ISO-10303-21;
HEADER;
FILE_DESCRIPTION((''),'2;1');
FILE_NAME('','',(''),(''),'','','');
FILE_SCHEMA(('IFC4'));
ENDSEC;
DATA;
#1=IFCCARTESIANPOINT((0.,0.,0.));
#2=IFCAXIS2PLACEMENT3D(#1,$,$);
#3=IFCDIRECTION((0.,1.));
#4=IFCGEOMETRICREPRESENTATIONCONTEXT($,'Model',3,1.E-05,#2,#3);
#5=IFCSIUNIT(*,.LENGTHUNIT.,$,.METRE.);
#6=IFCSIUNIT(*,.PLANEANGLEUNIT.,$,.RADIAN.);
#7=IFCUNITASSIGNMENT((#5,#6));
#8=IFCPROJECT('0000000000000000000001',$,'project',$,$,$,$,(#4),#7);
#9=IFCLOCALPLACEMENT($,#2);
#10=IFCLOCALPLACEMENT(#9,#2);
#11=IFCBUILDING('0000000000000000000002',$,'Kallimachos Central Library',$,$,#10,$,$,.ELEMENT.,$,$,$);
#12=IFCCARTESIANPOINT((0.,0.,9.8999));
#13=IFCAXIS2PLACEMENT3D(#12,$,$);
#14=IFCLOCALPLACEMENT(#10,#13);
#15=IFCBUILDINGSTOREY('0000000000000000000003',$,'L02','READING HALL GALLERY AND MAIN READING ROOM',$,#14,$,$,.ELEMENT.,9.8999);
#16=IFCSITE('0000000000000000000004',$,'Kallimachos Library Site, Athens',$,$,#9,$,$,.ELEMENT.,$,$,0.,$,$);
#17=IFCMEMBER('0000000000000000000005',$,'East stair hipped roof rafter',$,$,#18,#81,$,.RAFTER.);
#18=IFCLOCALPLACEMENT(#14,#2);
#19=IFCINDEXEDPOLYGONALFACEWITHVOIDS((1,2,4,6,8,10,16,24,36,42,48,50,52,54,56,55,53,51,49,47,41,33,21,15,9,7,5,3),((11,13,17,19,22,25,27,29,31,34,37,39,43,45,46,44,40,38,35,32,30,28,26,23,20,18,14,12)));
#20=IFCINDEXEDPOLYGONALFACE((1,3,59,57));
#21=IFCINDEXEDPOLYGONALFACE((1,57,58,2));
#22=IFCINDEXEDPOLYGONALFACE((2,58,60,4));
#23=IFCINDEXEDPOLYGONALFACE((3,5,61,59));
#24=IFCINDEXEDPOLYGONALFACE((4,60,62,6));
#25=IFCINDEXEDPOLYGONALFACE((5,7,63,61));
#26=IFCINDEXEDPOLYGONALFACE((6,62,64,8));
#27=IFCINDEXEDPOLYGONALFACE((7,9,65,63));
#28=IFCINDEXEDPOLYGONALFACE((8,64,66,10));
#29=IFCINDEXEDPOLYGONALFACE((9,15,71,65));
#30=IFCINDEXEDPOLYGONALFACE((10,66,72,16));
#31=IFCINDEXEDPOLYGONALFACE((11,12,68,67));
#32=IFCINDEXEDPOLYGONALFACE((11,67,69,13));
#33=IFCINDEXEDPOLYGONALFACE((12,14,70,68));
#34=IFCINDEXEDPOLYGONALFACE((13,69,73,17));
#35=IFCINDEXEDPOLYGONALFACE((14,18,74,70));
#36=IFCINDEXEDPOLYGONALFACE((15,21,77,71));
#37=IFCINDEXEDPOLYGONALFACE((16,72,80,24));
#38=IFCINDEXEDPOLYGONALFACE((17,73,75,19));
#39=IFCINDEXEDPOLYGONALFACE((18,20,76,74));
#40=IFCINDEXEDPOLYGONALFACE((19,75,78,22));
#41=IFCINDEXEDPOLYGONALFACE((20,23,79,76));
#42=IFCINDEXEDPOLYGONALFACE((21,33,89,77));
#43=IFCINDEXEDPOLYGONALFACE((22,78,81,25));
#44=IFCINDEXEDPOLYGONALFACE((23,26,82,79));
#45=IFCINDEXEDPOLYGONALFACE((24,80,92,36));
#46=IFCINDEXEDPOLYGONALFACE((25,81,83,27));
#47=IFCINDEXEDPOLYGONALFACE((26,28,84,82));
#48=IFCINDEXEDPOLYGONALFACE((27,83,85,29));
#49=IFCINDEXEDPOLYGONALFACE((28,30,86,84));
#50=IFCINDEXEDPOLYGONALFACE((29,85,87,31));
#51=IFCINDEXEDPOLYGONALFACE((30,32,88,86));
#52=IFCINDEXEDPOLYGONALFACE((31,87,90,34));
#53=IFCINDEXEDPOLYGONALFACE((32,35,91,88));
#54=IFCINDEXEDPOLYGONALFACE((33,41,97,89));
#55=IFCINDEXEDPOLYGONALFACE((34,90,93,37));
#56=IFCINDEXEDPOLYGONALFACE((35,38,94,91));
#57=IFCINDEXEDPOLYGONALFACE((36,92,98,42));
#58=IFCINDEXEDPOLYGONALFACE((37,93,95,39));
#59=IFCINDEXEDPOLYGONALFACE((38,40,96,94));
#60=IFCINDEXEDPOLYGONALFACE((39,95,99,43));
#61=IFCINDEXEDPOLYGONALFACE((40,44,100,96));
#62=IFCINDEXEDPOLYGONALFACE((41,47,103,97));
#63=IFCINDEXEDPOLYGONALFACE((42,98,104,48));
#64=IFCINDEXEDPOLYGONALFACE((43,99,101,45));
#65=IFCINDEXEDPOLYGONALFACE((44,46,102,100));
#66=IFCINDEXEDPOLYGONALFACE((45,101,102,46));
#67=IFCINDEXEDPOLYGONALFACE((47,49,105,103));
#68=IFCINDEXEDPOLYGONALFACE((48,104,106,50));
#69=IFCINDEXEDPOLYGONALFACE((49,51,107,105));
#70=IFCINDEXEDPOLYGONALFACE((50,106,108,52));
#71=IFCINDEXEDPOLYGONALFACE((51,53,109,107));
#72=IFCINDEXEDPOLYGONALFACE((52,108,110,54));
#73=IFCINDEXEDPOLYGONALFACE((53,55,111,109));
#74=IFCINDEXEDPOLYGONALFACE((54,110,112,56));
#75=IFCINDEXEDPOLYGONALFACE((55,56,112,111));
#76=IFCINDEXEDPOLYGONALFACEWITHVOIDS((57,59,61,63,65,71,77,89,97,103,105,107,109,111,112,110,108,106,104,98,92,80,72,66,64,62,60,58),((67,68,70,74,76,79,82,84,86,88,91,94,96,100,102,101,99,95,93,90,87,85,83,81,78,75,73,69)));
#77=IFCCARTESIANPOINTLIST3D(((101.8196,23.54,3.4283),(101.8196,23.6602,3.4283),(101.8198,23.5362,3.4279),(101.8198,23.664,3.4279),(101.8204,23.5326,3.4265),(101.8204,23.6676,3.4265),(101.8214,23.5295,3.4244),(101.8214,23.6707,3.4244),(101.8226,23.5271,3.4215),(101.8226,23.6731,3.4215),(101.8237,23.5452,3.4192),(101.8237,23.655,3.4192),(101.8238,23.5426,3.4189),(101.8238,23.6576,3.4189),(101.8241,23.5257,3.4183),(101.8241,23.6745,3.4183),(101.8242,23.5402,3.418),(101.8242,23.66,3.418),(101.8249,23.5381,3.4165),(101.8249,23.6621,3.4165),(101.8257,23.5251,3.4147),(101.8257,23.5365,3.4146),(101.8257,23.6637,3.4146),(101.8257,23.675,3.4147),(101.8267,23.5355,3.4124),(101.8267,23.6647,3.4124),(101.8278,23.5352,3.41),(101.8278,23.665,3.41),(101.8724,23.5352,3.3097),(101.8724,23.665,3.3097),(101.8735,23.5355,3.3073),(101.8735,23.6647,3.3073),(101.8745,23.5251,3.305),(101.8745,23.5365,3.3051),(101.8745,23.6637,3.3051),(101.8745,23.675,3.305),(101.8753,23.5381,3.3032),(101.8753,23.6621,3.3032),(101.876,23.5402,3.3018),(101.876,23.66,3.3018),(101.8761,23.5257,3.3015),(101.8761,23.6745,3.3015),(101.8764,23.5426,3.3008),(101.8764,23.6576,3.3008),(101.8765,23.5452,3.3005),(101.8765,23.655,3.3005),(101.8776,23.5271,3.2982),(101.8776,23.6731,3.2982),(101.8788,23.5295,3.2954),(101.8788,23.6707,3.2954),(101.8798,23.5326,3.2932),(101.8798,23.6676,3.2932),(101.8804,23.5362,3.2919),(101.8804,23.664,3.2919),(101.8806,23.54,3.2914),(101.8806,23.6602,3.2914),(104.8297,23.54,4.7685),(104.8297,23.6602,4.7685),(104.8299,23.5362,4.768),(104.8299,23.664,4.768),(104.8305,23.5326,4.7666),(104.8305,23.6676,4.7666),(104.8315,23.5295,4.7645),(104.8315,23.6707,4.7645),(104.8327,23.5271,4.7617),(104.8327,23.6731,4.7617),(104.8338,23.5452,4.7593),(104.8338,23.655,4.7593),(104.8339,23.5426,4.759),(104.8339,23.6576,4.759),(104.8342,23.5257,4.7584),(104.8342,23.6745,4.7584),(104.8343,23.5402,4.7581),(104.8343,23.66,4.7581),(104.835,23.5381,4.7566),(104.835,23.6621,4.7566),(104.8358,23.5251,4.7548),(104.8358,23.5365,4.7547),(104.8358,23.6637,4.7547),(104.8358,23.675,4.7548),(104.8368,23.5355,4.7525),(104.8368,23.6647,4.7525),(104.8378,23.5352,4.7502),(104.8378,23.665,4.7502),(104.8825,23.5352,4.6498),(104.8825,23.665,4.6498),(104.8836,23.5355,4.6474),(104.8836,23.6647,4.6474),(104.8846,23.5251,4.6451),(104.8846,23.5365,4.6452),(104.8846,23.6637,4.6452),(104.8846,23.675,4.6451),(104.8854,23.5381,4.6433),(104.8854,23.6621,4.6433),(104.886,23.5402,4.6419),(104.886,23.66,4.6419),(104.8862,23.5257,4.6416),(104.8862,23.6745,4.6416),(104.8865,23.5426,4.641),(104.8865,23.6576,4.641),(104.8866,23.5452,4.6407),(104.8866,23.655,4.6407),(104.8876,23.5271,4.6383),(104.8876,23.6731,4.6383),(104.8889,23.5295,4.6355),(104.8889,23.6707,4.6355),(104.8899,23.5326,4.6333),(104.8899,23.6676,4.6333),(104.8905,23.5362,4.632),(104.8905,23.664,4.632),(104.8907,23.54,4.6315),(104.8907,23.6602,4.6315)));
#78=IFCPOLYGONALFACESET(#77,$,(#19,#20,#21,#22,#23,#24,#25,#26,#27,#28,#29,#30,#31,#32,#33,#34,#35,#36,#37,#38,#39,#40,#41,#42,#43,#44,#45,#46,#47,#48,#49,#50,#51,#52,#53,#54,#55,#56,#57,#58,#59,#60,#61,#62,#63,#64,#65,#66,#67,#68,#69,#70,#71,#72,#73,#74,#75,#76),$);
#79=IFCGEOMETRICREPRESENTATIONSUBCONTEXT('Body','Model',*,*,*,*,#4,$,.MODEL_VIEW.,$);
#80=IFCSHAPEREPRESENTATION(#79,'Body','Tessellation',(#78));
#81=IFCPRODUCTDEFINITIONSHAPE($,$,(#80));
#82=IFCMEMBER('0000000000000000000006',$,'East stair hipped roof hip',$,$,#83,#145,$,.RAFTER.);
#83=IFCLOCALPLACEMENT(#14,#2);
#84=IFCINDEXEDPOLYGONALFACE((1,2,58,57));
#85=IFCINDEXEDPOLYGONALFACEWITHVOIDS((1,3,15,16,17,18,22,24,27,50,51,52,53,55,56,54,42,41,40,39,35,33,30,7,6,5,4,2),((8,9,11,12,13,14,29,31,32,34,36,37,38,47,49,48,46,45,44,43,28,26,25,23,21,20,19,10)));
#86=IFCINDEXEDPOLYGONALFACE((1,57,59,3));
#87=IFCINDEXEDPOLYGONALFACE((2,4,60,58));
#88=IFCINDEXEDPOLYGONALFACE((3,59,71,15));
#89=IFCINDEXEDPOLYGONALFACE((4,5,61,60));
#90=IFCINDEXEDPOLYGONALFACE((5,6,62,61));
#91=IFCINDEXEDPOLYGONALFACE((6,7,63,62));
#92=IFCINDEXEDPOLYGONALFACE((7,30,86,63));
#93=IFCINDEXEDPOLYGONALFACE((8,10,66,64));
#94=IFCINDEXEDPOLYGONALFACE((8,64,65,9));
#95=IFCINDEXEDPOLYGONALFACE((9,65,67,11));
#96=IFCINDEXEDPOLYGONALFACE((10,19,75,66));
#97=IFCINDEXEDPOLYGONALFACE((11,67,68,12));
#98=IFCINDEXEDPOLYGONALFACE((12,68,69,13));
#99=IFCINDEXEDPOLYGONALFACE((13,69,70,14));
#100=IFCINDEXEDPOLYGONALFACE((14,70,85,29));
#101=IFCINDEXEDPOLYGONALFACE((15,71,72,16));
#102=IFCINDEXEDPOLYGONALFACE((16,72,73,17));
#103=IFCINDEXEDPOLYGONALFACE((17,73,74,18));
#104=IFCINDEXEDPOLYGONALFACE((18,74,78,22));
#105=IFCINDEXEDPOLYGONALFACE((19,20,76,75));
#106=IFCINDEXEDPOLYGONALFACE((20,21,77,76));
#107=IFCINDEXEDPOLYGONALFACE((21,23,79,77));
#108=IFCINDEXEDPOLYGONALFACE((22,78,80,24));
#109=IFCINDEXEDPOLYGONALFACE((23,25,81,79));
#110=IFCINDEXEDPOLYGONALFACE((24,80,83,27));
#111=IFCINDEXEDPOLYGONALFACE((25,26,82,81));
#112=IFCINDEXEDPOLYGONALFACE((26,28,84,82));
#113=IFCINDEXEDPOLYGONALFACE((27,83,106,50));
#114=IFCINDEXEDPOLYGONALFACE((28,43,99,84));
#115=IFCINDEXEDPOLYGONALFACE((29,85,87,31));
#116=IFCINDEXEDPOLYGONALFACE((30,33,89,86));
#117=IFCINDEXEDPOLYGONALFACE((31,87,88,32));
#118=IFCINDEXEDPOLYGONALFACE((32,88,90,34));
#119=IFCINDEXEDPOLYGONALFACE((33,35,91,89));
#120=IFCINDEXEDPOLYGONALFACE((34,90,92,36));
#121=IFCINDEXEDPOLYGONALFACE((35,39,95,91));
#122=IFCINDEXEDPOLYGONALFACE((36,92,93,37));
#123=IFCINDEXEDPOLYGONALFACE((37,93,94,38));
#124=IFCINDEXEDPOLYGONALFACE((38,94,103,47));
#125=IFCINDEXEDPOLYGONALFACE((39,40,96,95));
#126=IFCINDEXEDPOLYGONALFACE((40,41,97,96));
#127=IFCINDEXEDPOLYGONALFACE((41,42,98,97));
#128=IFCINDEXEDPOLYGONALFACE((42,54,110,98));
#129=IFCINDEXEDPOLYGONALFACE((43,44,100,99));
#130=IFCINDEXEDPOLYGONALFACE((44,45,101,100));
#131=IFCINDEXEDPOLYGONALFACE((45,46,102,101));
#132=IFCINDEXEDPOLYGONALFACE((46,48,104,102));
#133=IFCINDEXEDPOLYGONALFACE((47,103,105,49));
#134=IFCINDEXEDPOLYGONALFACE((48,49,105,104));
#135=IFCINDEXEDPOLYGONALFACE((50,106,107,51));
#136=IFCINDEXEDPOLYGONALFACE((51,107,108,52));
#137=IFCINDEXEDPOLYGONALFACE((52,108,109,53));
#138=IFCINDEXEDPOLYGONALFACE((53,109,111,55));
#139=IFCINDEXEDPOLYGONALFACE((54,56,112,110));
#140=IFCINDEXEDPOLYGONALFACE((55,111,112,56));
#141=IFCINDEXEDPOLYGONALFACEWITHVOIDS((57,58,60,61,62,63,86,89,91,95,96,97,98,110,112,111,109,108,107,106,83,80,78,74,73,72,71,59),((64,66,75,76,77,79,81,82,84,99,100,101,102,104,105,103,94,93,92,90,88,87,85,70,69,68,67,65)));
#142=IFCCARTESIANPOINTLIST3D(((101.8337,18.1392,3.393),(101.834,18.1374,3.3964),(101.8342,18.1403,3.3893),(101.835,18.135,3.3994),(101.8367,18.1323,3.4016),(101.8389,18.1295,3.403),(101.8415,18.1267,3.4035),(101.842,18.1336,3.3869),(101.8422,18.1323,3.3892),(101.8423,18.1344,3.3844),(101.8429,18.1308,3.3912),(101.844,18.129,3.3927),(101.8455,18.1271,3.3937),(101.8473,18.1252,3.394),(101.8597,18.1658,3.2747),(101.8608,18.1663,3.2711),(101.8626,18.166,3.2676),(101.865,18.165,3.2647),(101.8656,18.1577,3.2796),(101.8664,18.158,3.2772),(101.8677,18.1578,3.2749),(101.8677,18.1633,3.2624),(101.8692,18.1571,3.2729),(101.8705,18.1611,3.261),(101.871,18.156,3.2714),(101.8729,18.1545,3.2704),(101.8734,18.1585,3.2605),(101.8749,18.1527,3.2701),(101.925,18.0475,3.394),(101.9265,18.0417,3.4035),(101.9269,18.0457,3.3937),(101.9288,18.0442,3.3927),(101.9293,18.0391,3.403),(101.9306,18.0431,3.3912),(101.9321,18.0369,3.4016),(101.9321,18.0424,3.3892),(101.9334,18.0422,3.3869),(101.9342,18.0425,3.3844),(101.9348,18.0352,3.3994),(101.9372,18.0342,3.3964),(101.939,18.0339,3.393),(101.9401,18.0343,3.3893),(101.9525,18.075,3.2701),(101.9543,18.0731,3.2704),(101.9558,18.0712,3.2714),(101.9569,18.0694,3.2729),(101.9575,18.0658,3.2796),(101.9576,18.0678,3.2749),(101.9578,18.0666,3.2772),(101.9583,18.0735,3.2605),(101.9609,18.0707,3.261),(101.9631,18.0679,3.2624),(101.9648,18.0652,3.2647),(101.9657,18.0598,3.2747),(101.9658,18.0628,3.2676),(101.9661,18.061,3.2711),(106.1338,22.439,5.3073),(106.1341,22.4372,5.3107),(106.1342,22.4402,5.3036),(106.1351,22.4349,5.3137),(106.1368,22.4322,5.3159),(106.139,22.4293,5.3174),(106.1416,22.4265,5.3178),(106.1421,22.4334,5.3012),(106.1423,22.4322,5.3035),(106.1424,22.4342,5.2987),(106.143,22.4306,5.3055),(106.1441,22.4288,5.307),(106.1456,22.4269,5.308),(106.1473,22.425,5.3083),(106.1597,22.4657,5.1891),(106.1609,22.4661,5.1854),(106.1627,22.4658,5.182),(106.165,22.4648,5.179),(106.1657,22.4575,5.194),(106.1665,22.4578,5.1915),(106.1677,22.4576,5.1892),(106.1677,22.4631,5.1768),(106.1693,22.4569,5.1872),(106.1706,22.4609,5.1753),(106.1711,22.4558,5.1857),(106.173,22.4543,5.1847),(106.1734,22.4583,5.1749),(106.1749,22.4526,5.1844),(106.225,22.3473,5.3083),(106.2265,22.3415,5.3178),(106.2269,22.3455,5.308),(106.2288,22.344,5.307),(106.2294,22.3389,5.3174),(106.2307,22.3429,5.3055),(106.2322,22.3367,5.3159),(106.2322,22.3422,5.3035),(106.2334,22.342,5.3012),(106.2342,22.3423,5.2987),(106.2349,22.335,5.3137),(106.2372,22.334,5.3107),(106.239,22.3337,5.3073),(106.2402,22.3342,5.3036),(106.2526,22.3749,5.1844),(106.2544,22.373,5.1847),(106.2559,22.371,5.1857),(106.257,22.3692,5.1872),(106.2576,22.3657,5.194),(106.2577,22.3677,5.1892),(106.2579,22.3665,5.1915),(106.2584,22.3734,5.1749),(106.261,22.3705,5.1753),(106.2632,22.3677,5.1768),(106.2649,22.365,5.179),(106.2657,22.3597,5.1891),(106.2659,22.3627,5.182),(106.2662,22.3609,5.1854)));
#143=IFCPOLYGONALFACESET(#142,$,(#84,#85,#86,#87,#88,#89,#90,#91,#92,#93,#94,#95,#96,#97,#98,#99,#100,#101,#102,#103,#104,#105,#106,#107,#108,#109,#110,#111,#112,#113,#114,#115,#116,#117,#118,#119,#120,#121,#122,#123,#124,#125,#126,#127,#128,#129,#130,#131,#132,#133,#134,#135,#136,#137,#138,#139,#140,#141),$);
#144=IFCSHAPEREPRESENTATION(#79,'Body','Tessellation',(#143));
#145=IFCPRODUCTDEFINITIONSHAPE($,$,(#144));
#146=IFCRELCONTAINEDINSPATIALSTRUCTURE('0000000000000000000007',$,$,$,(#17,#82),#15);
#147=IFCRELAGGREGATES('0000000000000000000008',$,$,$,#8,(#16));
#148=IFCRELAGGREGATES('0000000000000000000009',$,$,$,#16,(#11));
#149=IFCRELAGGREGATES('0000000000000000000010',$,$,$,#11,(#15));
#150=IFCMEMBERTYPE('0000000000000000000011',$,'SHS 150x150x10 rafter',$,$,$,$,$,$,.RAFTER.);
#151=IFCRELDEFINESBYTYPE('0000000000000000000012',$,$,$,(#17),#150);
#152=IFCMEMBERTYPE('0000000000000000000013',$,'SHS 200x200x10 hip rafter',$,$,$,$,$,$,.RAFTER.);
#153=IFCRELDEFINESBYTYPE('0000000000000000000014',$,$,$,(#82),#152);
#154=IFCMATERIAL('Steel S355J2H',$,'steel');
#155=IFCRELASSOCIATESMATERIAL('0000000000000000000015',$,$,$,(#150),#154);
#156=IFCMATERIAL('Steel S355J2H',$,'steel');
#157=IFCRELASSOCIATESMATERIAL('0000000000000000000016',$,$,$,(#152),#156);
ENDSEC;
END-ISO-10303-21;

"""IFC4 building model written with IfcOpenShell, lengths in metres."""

from ifc_helpers import new_model, si_unit, direction, frame, origin, origin_2d, place, context, subcontext, project, spatial, hollow_rectangle, extrude, material, material_profile, profile_set, type_object, element, save


model = new_model("IFC4")

# Units and contexts
model_context = context("Model", 3, precision=1e-05, world=origin(), true_north=direction((0.0, 1.0)))
body_context = subcontext(model_context, "Body", "Model", "MODEL_VIEW")
ifc_project = project(units=[si_unit("LENGTHUNIT", "METRE"), si_unit("PLANEANGLEUNIT", "RADIAN")], contexts=[model_context])

# Site, building, storey
site_placement = place(None, origin())
site = spatial("IfcSite", under=ifc_project, at=site_placement, Name="Kallimachos Library Site, Athens", CompositionType="ELEMENT", RefElevation=0.0)
building_placement = place(site_placement, origin())
building = spatial("IfcBuilding", under=site, at=building_placement, Name="Kallimachos Central Library", CompositionType="ELEMENT")
storey_placement = place(building_placement, frame((0.0, 0.0, 9.8999)))
storey = spatial("IfcBuildingStorey", under=building, at=storey_placement, Name="L02", Description="READING HALL GALLERY AND MAIN READING ROOM", CompositionType="ELEMENT", Elevation=9.8999)

# Members
ifc_material_1 = material(Name="Steel S355J2H", Category="steel")
ifc_material_profile_1 = material_profile(ifc_material_1, hollow_rectangle(XDim=0.1499, YDim=0.1499, WallThickness=0.01, InnerFilletRadius=0.01, OuterFilletRadius=0.0149, at=origin_2d()), Name="SHS 150x150x10")
ifc_profile_set_1 = profile_set([ifc_material_profile_1], Name="Steel S355J2H")
member_type_1 = type_object("IfcMemberType", Name="SHS 150x150x10 rafter", PredefinedType="RAFTER", material=ifc_profile_set_1)
member_1_placement = place(storey_placement, frame((101.8501, 23.6001, 3.3599), z_axis=(0.913552, 0.0, 0.406723), x_axis=(0.0, 1.0, 0.0)))
element("IfcMember", 1, at=member_1_placement, inside=storey, type_object=member_type_1, Name="East stair hipped roof rafter", PredefinedType="RAFTER", context=body_context, shape_type="SweptSolid", body=[
    extrude(hollow_rectangle(XDim=0.1499, YDim=0.1499, WallThickness=0.01, InnerFilletRadius=0.01, OuterFilletRadius=0.0149, at=origin_2d()), origin(), (0.0, 0.0, 1.0), 3.2949),
])
ifc_material_2 = material(Name="Steel S355J2H", Category="steel")
ifc_material_profile_2 = material_profile(ifc_material_2, hollow_rectangle(XDim=0.1499, YDim=0.1499, WallThickness=0.01, InnerFilletRadius=0.01, OuterFilletRadius=0.0149, at=origin_2d()), Name="SHS 150x150x10")
ifc_profile_set_2 = profile_set([ifc_material_profile_2], Name="Steel S355J2H")
member_type_2 = type_object("IfcMemberType", Name="SHS 200x200x10 hip rafter", PredefinedType="RAFTER", material=ifc_profile_set_2)
member_2_placement = place(storey_placement, frame((101.8999, 18.1001, 3.332), z_axis=(0.674495, 0.674457, 0.300273), x_axis=(-0.707087, 0.707127, 0.0)))
element("IfcMember", 2, at=member_2_placement, inside=storey, type_object=member_type_2, Name="East stair hipped roof hip", PredefinedType="RAFTER", context=body_context, shape_type="SweptSolid", body=[
    extrude(hollow_rectangle(XDim=0.1499, YDim=0.1499, WallThickness=0.01, InnerFilletRadius=0.01, OuterFilletRadius=0.0149, at=origin_2d()), origin(), (0.0, 0.0, 1.0), 6.3752),
])

save(model, "model.ifc")
